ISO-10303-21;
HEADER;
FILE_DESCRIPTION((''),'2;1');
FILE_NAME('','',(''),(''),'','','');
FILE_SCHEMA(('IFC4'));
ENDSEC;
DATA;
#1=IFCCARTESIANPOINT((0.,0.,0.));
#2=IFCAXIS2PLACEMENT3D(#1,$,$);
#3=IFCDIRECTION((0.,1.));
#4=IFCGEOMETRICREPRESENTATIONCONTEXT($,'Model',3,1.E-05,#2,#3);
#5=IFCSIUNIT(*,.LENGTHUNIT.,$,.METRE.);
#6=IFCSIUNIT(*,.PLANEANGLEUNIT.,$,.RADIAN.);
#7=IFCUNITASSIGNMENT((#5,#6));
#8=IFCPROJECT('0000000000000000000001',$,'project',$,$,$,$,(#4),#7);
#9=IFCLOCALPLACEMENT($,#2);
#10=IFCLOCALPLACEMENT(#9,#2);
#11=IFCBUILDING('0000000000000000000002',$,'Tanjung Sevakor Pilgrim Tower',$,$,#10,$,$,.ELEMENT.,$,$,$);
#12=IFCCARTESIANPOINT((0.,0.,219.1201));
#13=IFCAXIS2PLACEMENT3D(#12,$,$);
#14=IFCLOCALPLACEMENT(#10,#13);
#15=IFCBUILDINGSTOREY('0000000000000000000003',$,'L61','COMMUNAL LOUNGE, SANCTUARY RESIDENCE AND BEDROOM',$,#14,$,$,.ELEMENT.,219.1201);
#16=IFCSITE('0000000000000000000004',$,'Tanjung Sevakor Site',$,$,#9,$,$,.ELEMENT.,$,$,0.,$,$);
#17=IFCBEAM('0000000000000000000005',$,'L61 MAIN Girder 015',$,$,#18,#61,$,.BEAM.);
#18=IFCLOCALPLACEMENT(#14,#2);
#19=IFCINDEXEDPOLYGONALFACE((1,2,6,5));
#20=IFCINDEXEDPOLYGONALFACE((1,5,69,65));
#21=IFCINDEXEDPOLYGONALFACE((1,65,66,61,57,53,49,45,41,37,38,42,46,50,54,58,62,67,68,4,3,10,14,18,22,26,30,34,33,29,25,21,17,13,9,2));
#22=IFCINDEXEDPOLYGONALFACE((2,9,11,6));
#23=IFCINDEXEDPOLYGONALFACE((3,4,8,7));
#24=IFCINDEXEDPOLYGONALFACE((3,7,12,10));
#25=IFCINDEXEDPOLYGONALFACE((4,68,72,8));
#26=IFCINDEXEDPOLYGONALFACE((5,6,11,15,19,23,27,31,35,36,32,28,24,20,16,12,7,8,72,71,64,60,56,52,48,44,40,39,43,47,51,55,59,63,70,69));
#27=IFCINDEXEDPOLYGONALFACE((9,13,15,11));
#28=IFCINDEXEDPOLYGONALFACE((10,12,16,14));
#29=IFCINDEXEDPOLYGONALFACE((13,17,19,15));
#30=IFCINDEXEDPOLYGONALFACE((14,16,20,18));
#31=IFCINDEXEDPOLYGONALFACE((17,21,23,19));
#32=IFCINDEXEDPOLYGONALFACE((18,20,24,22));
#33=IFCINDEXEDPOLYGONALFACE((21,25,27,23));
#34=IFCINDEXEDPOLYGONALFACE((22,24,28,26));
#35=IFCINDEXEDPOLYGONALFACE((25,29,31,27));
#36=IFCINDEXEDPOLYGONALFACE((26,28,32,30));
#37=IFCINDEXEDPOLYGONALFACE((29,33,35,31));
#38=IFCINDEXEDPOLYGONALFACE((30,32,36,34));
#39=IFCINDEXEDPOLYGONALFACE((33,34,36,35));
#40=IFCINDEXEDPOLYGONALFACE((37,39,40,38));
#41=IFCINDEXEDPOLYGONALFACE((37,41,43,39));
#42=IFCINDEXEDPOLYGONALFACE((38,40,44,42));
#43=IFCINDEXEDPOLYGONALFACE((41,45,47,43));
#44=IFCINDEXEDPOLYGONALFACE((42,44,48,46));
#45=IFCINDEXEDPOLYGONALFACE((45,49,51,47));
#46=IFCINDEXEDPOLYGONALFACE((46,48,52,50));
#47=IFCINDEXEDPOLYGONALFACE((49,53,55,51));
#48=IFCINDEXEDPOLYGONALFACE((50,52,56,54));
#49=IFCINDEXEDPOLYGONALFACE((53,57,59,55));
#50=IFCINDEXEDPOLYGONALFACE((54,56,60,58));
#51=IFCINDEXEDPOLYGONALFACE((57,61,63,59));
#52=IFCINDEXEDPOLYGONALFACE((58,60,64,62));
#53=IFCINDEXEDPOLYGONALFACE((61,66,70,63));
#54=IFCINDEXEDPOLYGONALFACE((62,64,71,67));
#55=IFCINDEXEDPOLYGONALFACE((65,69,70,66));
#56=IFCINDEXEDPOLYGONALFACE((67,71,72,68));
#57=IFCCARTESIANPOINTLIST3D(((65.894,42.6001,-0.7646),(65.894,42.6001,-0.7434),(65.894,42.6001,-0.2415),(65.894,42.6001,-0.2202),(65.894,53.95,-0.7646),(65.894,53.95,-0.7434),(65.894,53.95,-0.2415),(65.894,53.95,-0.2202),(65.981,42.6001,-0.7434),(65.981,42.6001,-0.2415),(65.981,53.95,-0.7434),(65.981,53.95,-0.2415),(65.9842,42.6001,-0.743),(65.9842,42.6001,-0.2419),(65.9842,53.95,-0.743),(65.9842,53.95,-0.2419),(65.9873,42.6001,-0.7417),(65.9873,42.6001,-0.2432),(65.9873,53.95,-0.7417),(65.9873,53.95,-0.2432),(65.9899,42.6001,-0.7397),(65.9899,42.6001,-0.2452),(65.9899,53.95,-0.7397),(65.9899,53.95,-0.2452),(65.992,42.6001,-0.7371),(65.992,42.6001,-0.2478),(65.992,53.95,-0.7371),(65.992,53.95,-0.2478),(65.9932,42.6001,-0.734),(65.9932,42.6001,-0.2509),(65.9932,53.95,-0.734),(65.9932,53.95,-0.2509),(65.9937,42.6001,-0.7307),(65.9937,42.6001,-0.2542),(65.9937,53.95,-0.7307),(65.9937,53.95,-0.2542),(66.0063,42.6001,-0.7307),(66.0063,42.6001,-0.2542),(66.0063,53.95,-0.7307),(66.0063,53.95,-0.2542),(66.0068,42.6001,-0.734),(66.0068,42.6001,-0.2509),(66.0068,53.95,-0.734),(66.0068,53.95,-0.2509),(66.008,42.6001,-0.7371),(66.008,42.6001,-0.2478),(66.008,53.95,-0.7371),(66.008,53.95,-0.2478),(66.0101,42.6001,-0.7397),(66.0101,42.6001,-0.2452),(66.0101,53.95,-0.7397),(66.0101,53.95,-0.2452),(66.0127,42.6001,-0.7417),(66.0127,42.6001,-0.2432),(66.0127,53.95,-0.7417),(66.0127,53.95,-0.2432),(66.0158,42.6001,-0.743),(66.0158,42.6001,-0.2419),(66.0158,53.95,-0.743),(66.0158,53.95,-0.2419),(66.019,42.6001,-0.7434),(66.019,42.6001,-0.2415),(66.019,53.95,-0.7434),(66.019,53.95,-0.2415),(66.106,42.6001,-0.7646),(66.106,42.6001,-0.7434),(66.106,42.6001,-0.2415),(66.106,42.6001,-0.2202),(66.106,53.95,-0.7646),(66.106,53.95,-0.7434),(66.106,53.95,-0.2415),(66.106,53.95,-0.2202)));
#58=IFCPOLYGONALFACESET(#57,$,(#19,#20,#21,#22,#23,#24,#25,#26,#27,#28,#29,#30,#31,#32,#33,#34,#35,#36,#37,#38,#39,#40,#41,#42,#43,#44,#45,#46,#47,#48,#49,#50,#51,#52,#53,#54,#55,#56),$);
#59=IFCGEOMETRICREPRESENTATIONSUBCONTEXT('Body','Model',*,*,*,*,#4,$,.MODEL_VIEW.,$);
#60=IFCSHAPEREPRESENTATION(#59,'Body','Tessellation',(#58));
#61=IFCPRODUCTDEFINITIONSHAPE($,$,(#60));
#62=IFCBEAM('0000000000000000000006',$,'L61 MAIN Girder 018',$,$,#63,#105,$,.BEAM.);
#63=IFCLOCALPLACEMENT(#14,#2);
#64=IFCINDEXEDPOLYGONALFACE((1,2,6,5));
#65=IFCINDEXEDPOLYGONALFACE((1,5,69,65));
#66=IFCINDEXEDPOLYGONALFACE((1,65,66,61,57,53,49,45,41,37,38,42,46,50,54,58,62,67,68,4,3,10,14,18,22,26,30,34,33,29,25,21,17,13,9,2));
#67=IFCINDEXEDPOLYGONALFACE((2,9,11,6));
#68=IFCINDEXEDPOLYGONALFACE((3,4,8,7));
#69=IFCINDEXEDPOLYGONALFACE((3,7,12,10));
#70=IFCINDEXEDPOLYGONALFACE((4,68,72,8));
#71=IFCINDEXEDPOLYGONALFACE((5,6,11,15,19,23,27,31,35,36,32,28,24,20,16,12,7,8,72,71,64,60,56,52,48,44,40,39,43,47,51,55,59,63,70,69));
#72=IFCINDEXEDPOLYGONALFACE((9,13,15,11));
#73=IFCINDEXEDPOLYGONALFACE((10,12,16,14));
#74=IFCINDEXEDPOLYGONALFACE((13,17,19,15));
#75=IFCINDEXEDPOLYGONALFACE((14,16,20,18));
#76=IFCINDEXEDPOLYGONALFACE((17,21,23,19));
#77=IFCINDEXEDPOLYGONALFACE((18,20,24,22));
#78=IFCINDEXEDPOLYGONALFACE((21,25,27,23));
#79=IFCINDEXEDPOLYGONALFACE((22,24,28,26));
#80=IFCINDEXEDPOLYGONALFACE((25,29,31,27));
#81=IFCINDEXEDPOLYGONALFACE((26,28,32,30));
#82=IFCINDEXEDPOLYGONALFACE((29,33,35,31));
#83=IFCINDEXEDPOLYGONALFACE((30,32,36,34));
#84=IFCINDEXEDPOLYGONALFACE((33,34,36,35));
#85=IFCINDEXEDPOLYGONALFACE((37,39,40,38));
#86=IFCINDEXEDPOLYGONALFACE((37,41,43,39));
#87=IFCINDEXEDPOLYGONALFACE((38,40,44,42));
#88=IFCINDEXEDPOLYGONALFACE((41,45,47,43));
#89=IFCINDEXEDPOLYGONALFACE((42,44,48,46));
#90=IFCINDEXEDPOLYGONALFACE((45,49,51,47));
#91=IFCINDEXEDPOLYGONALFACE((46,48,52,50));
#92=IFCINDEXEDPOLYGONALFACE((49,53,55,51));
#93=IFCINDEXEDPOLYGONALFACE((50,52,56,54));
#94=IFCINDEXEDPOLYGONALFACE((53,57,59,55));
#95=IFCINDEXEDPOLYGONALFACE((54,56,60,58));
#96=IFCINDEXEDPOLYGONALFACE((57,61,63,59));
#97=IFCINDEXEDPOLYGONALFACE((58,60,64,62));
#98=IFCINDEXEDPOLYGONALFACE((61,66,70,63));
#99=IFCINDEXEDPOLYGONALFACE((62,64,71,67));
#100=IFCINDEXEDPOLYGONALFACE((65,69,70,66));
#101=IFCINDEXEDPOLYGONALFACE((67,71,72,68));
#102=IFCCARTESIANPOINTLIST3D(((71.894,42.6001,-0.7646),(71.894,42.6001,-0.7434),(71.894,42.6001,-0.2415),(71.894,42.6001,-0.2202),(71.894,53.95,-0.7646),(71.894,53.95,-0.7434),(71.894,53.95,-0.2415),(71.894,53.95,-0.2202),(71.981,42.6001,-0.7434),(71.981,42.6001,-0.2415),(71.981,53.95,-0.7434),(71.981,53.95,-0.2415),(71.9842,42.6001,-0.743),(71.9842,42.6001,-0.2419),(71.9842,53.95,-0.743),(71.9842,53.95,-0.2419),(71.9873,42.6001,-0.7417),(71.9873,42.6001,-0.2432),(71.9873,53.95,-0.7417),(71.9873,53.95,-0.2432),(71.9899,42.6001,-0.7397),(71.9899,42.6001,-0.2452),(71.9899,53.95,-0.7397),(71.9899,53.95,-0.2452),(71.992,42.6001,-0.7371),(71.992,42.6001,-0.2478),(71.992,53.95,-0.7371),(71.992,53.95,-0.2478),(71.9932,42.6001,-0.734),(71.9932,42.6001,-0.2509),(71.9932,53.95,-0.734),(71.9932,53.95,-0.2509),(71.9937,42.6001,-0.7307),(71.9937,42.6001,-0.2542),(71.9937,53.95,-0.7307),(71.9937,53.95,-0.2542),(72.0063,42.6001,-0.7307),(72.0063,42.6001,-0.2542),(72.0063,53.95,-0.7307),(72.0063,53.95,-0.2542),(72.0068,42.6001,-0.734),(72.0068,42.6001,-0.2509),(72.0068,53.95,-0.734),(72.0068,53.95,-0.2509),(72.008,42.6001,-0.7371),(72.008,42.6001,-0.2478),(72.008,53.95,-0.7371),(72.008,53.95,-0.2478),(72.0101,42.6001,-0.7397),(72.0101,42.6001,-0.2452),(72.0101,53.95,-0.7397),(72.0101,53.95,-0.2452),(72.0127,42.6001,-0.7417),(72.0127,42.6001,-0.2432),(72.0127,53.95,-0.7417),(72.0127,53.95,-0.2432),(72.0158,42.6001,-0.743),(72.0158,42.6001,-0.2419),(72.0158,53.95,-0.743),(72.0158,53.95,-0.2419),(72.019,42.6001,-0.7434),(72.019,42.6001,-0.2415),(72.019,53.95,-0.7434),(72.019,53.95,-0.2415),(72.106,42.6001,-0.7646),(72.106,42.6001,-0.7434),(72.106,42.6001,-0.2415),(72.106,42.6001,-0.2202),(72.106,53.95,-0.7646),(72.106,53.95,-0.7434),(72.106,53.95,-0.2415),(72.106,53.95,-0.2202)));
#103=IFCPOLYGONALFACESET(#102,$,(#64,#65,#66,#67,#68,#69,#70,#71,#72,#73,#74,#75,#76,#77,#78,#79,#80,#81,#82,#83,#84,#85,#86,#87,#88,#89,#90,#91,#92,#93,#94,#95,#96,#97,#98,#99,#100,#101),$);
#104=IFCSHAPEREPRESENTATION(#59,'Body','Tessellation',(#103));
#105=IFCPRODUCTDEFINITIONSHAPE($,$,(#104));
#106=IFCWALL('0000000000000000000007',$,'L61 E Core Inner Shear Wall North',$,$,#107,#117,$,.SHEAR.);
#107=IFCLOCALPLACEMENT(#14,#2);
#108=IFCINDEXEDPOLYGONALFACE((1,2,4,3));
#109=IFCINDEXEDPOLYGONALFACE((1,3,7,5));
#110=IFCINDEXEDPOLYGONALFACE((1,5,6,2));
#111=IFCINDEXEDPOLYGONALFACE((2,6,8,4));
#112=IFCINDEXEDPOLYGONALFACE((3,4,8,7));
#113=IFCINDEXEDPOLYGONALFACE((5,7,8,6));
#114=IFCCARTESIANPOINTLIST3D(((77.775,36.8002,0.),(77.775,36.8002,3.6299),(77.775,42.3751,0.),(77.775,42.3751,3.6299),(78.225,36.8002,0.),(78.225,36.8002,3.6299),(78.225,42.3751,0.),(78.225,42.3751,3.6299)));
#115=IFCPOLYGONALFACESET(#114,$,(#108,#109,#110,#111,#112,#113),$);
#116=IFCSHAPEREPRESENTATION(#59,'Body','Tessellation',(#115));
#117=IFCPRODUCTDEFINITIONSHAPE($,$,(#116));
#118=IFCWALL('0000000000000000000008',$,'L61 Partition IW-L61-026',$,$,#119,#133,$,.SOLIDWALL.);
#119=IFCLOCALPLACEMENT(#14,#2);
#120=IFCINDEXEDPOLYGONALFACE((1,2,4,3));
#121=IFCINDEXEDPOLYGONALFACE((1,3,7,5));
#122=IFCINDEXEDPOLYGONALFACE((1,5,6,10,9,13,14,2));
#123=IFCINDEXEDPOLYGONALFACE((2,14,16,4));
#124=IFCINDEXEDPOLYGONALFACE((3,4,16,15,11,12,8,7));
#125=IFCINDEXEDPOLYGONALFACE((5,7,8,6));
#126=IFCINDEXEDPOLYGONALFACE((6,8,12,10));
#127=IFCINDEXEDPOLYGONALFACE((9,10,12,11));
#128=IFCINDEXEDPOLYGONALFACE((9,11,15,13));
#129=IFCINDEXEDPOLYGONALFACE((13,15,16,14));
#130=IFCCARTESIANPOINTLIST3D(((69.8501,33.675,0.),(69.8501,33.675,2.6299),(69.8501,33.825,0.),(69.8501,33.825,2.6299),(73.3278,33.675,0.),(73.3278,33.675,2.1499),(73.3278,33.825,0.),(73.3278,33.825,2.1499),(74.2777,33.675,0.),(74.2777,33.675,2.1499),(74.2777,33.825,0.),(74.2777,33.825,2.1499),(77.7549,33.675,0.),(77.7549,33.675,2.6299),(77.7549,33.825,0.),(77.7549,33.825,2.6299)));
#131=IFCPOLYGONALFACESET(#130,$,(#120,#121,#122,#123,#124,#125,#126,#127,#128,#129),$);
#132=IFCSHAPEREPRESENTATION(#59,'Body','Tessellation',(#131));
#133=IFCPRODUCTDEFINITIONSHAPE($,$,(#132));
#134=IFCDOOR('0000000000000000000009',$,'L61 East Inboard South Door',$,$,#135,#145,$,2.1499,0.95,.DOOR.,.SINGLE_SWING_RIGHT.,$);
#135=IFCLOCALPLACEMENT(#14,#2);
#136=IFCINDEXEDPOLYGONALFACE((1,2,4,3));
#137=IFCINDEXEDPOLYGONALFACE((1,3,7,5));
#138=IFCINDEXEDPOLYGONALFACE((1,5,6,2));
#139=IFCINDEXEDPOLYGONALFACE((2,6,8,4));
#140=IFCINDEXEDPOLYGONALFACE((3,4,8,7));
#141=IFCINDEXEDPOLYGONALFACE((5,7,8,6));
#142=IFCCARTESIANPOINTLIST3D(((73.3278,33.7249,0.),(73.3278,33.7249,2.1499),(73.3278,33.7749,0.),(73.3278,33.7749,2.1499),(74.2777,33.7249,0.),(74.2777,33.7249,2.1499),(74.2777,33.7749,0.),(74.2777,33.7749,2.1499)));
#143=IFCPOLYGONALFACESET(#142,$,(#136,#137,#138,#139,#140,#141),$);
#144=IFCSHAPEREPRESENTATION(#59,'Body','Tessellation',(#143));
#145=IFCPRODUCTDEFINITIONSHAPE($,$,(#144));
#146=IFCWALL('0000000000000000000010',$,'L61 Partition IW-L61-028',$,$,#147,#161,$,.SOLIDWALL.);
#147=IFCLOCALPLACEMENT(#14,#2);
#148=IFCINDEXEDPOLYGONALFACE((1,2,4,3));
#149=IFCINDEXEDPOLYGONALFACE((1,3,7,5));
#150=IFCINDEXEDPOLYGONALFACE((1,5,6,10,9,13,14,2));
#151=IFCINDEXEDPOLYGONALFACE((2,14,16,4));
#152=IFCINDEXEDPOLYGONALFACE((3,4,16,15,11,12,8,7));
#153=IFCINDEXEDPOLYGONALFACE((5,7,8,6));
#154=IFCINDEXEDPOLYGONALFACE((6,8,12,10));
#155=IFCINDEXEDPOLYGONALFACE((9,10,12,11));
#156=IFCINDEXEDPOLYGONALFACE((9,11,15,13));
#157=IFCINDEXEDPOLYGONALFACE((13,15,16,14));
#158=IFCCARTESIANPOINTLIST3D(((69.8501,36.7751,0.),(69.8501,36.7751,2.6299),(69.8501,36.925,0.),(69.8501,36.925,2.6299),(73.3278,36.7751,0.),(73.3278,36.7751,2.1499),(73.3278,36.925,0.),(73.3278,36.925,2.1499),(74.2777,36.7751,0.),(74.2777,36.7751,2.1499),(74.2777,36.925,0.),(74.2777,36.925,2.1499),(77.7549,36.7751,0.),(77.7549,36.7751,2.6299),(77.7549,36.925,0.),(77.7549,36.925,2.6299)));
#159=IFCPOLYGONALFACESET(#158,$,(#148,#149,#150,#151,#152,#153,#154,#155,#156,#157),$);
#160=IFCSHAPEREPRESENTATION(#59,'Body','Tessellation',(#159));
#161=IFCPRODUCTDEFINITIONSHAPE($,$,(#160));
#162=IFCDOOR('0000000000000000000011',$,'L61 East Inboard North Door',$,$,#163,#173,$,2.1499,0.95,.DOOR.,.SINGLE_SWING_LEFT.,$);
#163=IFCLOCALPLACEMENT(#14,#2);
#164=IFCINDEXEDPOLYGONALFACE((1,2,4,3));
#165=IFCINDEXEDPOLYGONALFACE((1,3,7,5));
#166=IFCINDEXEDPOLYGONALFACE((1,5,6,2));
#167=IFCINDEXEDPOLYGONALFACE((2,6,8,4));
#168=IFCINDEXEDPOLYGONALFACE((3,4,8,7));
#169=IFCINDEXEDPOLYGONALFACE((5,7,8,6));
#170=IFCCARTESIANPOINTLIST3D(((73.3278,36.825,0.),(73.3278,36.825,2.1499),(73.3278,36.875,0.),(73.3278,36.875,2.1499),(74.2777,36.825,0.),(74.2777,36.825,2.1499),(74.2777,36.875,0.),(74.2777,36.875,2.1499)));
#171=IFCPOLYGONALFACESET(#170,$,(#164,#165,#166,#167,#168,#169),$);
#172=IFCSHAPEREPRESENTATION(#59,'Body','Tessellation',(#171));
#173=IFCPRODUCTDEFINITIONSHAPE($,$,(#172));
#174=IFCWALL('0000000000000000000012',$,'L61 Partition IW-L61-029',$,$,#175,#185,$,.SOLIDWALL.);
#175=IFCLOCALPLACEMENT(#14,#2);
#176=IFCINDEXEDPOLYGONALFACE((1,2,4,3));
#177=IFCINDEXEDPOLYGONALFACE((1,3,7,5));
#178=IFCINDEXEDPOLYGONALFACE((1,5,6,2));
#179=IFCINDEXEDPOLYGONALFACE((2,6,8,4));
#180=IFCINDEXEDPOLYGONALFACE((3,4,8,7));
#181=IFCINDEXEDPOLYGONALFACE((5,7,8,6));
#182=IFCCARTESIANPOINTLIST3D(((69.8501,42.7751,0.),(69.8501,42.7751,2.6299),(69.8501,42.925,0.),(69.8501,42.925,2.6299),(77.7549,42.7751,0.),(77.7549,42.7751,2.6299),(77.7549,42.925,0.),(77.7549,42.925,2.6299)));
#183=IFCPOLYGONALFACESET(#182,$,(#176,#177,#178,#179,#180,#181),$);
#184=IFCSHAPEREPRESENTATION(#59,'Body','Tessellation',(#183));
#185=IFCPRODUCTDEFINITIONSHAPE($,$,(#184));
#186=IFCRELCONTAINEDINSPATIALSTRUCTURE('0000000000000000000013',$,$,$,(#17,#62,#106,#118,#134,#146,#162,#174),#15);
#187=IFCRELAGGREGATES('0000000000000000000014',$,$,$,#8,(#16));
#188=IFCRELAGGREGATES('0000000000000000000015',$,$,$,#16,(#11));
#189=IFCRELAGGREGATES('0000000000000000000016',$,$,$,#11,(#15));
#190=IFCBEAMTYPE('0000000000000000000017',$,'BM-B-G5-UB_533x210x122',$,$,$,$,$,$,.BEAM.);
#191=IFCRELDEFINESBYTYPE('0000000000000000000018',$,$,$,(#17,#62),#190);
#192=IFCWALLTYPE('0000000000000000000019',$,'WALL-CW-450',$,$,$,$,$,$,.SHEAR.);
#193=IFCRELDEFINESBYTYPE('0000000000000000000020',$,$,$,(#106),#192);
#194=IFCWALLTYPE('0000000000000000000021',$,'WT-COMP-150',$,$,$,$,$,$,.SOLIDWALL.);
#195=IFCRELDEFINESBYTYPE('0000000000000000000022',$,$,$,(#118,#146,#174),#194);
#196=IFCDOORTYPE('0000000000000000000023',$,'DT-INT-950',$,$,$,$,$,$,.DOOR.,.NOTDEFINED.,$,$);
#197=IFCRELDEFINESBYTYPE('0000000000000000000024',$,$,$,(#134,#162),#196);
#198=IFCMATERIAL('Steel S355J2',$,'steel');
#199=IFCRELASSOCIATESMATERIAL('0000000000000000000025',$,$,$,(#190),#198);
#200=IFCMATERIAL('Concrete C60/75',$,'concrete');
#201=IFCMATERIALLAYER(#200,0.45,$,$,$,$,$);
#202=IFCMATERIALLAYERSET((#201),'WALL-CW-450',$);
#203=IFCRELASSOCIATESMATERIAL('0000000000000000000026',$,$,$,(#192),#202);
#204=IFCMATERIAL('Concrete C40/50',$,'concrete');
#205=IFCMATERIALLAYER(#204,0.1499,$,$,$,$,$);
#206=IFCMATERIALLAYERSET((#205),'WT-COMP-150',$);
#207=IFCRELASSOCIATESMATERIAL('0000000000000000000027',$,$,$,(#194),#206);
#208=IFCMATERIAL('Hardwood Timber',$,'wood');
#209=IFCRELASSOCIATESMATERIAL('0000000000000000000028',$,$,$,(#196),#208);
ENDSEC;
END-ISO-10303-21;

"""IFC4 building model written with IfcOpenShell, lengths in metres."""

from ifc_helpers import new_model, si_unit, direction, frame, frame_2d, origin, origin_2d, place, context, subcontext, project, spatial, rectangle, i_section, extrude, material, layer, layer_set, material_profile, profile_set, type_object, element, fill, save


model = new_model("IFC4")

# Units and contexts
model_context = context("Model", 3, precision=1e-05, world=origin(), true_north=direction((0.0, 1.0)))
body_context = subcontext(model_context, "Body", "Model", "MODEL_VIEW")
ifc_project = project(units=[si_unit("LENGTHUNIT", "METRE"), si_unit("PLANEANGLEUNIT", "RADIAN")], contexts=[model_context])

# Site, building, storey
site_placement = place(None, origin())
site = spatial("IfcSite", under=ifc_project, at=site_placement, Name="Tanjung Sevakor Site", CompositionType="ELEMENT", RefElevation=0.0)
building_placement = place(site_placement, origin())
building = spatial("IfcBuilding", under=site, at=building_placement, Name="Tanjung Sevakor Pilgrim Tower", CompositionType="ELEMENT")
storey_placement = place(building_placement, frame((0.0, 0.0, 219.1201)))
storey = spatial("IfcBuildingStorey", under=building, at=storey_placement, Name="L61", Description="COMMUNAL LOUNGE, SANCTUARY RESIDENCE AND BEDROOM", CompositionType="ELEMENT", Elevation=219.1201)

# Beams
ifc_material_1 = material(Name="Steel S355J2", Category="steel")
ifc_material_profile_1 = material_profile(ifc_material_1, i_section(OverallWidth=0.2119, OverallDepth=0.5444, WebThickness=0.0127, FlangeThickness=0.0212, FilletRadius=0.0127, at=origin_2d()))
ifc_profile_set_1 = profile_set([ifc_material_profile_1], Name="Steel S355J2")
beam_type_1 = type_object("IfcBeamType", Name="BM-B-G5-UB_533x210x122", PredefinedType="BEAM", material=ifc_profile_set_1)
for number, where, z_axis, x_axis, name in (
    (1, (66.0, 42.6001, -0.4924), (0.0, 1.0, 0.0), (-1.0, 0.0, 0.0), "L61 MAIN Girder 015"),
    (2, (72.0, 42.6001, -0.4924), (0.0, 1.0, 0.0), (-1.0, 0.0, 0.0), "L61 MAIN Girder 018"),
):
    element("IfcBeam", number, at=place(storey_placement, frame(where, z_axis=z_axis, x_axis=x_axis)), inside=storey, type_object=beam_type_1, Name=name, PredefinedType="BEAM", context=body_context, shape_type="SweptSolid", body=[
        extrude(i_section(OverallWidth=0.2119, OverallDepth=0.5444, WebThickness=0.0127, FlangeThickness=0.0212, FilletRadius=0.0127, at=origin_2d()), origin(), (0.0, 0.0, 1.0), 11.3499),
    ])

# Wall
ifc_material_2 = material(Name="Concrete C60/75", Category="concrete")
ifc_layer_1 = layer(ifc_material_2, 0.45)
ifc_layer_set_1 = layer_set([ifc_layer_1], Name="WALL-CW-450")
wall_type_1 = type_object("IfcWallType", Name="WALL-CW-450", PredefinedType="SHEAR", material=ifc_layer_set_1)
wall_1_placement = place(storey_placement, frame((78.0, 36.8, 0.0), z_axis=(0.0, 0.0, 1.0), x_axis=(0.0, 1.0, 0.0)))
element("IfcWall", 3, at=wall_1_placement, inside=storey, type_object=wall_type_1, Name="L61 E Core Inner Shear Wall North", PredefinedType="SHEAR", context=body_context, shape_type="SweptSolid", body=[
    extrude(rectangle(XDim=5.575, YDim=0.45, at=frame_2d((2.7876, 0.0))), origin(), (0.0, 0.0, 1.0), 3.6299),
])

# Walls, openings, doors
ifc_material_3 = material(Name="Concrete C40/50", Category="concrete")
ifc_layer_2 = layer(ifc_material_3, 0.1499)
ifc_layer_set_2 = layer_set([ifc_layer_2], Name="WT-COMP-150")
wall_type_2 = type_object("IfcWallType", Name="WT-COMP-150", PredefinedType="SOLIDWALL", material=ifc_layer_set_2)
wall_2_placement = place(storey_placement, frame((69.8501, 33.75, 0.0), z_axis=(0.0, 0.0, 1.0), x_axis=(1.0, 0.0, 0.0)))
wall_2 = element("IfcWall", 4, at=wall_2_placement, inside=storey, type_object=wall_type_2, Name="L61 Partition IW-L61-026", PredefinedType="SOLIDWALL", context=body_context, shape_type="SweptSolid", body=[
    extrude(rectangle(XDim=7.9048, YDim=0.1499, at=frame_2d((3.9524, 0.0))), origin(), (0.0, 0.0, 1.0), 2.6299),
])
opening_1_placement = place(wall_2_placement, frame((3.4775, 0.0, 0.0)))
opening_1 = element("IfcOpeningElement", 5, at=opening_1_placement, cuts=wall_2, PredefinedType="OPENING", context=body_context, shape_type="SweptSolid", body=[
    extrude(rectangle(XDim=0.95, YDim=2.1499, at=frame_2d((0.4751, 1.075))), frame((0.0, 0.085, 0.0), z_axis=(0.0, -1.0, 0.0), x_axis=(1.0, 0.0, 0.0)), (0.0, 0.0, 1.0), 0.1699),
])
ifc_material_4 = material(Name="Hardwood Timber", Category="wood")
door_type_1 = type_object("IfcDoorType", Name="DT-INT-950", OperationType="NOTDEFINED", PredefinedType="DOOR", material=ifc_material_4)
door_1_placement = place(opening_1_placement, origin())
door_1 = element("IfcDoor", 6, at=door_1_placement, inside=storey, type_object=door_type_1, Name="L61 East Inboard South Door", OperationType="SINGLE_SWING_RIGHT", OverallHeight=2.1499, OverallWidth=0.95, PredefinedType="DOOR", context=body_context, shape_type="SweptSolid", body=[
    extrude(rectangle(XDim=0.95, YDim=2.1499, at=frame_2d((0.4751, 1.075))), frame((0.0, 0.0249, 0.0), z_axis=(0.0, -1.0, 0.0), x_axis=(1.0, 0.0, 0.0)), (0.0, 0.0, 1.0), 0.05),
])
fill(opening_1, door_1)
wall_3_placement = place(storey_placement, frame((69.8501, 36.8501, 0.0), z_axis=(0.0, 0.0, 1.0), x_axis=(1.0, 0.0, 0.0)))
wall_3 = element("IfcWall", 7, at=wall_3_placement, inside=storey, type_object=wall_type_2, Name="L61 Partition IW-L61-028", PredefinedType="SOLIDWALL", context=body_context, shape_type="SweptSolid", body=[
    extrude(rectangle(XDim=7.9048, YDim=0.1499, at=frame_2d((3.9524, 0.0))), origin(), (0.0, 0.0, 1.0), 2.6299),
])
opening_2_placement = place(wall_3_placement, frame((3.4775, 0.0, 0.0)))
opening_2 = element("IfcOpeningElement", 8, at=opening_2_placement, cuts=wall_3, PredefinedType="OPENING", context=body_context, shape_type="SweptSolid", body=[
    extrude(rectangle(XDim=0.95, YDim=2.1499, at=frame_2d((0.4751, 1.075))), frame((0.0, 0.085, 0.0), z_axis=(0.0, -1.0, 0.0), x_axis=(1.0, 0.0, 0.0)), (0.0, 0.0, 1.0), 0.1699),
])
door_2_placement = place(opening_2_placement, origin())
door_2 = element("IfcDoor", 9, at=door_2_placement, inside=storey, type_object=door_type_1, Name="L61 East Inboard North Door", OperationType="SINGLE_SWING_LEFT", OverallHeight=2.1499, OverallWidth=0.95, PredefinedType="DOOR", context=body_context, shape_type="SweptSolid", body=[
    extrude(rectangle(XDim=0.95, YDim=2.1499, at=frame_2d((0.4751, 1.075))), frame((0.0, 0.0249, 0.0), z_axis=(0.0, -1.0, 0.0), x_axis=(1.0, 0.0, 0.0)), (0.0, 0.0, 1.0), 0.05),
])
fill(opening_2, door_2)

# Wall
wall_4_placement = place(storey_placement, frame((69.8501, 42.8501, 0.0), z_axis=(0.0, 0.0, 1.0), x_axis=(1.0, 0.0, 0.0)))
element("IfcWall", 10, at=wall_4_placement, inside=storey, type_object=wall_type_2, Name="L61 Partition IW-L61-029", PredefinedType="SOLIDWALL", context=body_context, shape_type="SweptSolid", body=[
    extrude(rectangle(XDim=7.9048, YDim=0.1499, at=frame_2d((3.9524, 0.0))), origin(), (0.0, 0.0, 1.0), 2.6299),
])

save(model, "model.ifc")
